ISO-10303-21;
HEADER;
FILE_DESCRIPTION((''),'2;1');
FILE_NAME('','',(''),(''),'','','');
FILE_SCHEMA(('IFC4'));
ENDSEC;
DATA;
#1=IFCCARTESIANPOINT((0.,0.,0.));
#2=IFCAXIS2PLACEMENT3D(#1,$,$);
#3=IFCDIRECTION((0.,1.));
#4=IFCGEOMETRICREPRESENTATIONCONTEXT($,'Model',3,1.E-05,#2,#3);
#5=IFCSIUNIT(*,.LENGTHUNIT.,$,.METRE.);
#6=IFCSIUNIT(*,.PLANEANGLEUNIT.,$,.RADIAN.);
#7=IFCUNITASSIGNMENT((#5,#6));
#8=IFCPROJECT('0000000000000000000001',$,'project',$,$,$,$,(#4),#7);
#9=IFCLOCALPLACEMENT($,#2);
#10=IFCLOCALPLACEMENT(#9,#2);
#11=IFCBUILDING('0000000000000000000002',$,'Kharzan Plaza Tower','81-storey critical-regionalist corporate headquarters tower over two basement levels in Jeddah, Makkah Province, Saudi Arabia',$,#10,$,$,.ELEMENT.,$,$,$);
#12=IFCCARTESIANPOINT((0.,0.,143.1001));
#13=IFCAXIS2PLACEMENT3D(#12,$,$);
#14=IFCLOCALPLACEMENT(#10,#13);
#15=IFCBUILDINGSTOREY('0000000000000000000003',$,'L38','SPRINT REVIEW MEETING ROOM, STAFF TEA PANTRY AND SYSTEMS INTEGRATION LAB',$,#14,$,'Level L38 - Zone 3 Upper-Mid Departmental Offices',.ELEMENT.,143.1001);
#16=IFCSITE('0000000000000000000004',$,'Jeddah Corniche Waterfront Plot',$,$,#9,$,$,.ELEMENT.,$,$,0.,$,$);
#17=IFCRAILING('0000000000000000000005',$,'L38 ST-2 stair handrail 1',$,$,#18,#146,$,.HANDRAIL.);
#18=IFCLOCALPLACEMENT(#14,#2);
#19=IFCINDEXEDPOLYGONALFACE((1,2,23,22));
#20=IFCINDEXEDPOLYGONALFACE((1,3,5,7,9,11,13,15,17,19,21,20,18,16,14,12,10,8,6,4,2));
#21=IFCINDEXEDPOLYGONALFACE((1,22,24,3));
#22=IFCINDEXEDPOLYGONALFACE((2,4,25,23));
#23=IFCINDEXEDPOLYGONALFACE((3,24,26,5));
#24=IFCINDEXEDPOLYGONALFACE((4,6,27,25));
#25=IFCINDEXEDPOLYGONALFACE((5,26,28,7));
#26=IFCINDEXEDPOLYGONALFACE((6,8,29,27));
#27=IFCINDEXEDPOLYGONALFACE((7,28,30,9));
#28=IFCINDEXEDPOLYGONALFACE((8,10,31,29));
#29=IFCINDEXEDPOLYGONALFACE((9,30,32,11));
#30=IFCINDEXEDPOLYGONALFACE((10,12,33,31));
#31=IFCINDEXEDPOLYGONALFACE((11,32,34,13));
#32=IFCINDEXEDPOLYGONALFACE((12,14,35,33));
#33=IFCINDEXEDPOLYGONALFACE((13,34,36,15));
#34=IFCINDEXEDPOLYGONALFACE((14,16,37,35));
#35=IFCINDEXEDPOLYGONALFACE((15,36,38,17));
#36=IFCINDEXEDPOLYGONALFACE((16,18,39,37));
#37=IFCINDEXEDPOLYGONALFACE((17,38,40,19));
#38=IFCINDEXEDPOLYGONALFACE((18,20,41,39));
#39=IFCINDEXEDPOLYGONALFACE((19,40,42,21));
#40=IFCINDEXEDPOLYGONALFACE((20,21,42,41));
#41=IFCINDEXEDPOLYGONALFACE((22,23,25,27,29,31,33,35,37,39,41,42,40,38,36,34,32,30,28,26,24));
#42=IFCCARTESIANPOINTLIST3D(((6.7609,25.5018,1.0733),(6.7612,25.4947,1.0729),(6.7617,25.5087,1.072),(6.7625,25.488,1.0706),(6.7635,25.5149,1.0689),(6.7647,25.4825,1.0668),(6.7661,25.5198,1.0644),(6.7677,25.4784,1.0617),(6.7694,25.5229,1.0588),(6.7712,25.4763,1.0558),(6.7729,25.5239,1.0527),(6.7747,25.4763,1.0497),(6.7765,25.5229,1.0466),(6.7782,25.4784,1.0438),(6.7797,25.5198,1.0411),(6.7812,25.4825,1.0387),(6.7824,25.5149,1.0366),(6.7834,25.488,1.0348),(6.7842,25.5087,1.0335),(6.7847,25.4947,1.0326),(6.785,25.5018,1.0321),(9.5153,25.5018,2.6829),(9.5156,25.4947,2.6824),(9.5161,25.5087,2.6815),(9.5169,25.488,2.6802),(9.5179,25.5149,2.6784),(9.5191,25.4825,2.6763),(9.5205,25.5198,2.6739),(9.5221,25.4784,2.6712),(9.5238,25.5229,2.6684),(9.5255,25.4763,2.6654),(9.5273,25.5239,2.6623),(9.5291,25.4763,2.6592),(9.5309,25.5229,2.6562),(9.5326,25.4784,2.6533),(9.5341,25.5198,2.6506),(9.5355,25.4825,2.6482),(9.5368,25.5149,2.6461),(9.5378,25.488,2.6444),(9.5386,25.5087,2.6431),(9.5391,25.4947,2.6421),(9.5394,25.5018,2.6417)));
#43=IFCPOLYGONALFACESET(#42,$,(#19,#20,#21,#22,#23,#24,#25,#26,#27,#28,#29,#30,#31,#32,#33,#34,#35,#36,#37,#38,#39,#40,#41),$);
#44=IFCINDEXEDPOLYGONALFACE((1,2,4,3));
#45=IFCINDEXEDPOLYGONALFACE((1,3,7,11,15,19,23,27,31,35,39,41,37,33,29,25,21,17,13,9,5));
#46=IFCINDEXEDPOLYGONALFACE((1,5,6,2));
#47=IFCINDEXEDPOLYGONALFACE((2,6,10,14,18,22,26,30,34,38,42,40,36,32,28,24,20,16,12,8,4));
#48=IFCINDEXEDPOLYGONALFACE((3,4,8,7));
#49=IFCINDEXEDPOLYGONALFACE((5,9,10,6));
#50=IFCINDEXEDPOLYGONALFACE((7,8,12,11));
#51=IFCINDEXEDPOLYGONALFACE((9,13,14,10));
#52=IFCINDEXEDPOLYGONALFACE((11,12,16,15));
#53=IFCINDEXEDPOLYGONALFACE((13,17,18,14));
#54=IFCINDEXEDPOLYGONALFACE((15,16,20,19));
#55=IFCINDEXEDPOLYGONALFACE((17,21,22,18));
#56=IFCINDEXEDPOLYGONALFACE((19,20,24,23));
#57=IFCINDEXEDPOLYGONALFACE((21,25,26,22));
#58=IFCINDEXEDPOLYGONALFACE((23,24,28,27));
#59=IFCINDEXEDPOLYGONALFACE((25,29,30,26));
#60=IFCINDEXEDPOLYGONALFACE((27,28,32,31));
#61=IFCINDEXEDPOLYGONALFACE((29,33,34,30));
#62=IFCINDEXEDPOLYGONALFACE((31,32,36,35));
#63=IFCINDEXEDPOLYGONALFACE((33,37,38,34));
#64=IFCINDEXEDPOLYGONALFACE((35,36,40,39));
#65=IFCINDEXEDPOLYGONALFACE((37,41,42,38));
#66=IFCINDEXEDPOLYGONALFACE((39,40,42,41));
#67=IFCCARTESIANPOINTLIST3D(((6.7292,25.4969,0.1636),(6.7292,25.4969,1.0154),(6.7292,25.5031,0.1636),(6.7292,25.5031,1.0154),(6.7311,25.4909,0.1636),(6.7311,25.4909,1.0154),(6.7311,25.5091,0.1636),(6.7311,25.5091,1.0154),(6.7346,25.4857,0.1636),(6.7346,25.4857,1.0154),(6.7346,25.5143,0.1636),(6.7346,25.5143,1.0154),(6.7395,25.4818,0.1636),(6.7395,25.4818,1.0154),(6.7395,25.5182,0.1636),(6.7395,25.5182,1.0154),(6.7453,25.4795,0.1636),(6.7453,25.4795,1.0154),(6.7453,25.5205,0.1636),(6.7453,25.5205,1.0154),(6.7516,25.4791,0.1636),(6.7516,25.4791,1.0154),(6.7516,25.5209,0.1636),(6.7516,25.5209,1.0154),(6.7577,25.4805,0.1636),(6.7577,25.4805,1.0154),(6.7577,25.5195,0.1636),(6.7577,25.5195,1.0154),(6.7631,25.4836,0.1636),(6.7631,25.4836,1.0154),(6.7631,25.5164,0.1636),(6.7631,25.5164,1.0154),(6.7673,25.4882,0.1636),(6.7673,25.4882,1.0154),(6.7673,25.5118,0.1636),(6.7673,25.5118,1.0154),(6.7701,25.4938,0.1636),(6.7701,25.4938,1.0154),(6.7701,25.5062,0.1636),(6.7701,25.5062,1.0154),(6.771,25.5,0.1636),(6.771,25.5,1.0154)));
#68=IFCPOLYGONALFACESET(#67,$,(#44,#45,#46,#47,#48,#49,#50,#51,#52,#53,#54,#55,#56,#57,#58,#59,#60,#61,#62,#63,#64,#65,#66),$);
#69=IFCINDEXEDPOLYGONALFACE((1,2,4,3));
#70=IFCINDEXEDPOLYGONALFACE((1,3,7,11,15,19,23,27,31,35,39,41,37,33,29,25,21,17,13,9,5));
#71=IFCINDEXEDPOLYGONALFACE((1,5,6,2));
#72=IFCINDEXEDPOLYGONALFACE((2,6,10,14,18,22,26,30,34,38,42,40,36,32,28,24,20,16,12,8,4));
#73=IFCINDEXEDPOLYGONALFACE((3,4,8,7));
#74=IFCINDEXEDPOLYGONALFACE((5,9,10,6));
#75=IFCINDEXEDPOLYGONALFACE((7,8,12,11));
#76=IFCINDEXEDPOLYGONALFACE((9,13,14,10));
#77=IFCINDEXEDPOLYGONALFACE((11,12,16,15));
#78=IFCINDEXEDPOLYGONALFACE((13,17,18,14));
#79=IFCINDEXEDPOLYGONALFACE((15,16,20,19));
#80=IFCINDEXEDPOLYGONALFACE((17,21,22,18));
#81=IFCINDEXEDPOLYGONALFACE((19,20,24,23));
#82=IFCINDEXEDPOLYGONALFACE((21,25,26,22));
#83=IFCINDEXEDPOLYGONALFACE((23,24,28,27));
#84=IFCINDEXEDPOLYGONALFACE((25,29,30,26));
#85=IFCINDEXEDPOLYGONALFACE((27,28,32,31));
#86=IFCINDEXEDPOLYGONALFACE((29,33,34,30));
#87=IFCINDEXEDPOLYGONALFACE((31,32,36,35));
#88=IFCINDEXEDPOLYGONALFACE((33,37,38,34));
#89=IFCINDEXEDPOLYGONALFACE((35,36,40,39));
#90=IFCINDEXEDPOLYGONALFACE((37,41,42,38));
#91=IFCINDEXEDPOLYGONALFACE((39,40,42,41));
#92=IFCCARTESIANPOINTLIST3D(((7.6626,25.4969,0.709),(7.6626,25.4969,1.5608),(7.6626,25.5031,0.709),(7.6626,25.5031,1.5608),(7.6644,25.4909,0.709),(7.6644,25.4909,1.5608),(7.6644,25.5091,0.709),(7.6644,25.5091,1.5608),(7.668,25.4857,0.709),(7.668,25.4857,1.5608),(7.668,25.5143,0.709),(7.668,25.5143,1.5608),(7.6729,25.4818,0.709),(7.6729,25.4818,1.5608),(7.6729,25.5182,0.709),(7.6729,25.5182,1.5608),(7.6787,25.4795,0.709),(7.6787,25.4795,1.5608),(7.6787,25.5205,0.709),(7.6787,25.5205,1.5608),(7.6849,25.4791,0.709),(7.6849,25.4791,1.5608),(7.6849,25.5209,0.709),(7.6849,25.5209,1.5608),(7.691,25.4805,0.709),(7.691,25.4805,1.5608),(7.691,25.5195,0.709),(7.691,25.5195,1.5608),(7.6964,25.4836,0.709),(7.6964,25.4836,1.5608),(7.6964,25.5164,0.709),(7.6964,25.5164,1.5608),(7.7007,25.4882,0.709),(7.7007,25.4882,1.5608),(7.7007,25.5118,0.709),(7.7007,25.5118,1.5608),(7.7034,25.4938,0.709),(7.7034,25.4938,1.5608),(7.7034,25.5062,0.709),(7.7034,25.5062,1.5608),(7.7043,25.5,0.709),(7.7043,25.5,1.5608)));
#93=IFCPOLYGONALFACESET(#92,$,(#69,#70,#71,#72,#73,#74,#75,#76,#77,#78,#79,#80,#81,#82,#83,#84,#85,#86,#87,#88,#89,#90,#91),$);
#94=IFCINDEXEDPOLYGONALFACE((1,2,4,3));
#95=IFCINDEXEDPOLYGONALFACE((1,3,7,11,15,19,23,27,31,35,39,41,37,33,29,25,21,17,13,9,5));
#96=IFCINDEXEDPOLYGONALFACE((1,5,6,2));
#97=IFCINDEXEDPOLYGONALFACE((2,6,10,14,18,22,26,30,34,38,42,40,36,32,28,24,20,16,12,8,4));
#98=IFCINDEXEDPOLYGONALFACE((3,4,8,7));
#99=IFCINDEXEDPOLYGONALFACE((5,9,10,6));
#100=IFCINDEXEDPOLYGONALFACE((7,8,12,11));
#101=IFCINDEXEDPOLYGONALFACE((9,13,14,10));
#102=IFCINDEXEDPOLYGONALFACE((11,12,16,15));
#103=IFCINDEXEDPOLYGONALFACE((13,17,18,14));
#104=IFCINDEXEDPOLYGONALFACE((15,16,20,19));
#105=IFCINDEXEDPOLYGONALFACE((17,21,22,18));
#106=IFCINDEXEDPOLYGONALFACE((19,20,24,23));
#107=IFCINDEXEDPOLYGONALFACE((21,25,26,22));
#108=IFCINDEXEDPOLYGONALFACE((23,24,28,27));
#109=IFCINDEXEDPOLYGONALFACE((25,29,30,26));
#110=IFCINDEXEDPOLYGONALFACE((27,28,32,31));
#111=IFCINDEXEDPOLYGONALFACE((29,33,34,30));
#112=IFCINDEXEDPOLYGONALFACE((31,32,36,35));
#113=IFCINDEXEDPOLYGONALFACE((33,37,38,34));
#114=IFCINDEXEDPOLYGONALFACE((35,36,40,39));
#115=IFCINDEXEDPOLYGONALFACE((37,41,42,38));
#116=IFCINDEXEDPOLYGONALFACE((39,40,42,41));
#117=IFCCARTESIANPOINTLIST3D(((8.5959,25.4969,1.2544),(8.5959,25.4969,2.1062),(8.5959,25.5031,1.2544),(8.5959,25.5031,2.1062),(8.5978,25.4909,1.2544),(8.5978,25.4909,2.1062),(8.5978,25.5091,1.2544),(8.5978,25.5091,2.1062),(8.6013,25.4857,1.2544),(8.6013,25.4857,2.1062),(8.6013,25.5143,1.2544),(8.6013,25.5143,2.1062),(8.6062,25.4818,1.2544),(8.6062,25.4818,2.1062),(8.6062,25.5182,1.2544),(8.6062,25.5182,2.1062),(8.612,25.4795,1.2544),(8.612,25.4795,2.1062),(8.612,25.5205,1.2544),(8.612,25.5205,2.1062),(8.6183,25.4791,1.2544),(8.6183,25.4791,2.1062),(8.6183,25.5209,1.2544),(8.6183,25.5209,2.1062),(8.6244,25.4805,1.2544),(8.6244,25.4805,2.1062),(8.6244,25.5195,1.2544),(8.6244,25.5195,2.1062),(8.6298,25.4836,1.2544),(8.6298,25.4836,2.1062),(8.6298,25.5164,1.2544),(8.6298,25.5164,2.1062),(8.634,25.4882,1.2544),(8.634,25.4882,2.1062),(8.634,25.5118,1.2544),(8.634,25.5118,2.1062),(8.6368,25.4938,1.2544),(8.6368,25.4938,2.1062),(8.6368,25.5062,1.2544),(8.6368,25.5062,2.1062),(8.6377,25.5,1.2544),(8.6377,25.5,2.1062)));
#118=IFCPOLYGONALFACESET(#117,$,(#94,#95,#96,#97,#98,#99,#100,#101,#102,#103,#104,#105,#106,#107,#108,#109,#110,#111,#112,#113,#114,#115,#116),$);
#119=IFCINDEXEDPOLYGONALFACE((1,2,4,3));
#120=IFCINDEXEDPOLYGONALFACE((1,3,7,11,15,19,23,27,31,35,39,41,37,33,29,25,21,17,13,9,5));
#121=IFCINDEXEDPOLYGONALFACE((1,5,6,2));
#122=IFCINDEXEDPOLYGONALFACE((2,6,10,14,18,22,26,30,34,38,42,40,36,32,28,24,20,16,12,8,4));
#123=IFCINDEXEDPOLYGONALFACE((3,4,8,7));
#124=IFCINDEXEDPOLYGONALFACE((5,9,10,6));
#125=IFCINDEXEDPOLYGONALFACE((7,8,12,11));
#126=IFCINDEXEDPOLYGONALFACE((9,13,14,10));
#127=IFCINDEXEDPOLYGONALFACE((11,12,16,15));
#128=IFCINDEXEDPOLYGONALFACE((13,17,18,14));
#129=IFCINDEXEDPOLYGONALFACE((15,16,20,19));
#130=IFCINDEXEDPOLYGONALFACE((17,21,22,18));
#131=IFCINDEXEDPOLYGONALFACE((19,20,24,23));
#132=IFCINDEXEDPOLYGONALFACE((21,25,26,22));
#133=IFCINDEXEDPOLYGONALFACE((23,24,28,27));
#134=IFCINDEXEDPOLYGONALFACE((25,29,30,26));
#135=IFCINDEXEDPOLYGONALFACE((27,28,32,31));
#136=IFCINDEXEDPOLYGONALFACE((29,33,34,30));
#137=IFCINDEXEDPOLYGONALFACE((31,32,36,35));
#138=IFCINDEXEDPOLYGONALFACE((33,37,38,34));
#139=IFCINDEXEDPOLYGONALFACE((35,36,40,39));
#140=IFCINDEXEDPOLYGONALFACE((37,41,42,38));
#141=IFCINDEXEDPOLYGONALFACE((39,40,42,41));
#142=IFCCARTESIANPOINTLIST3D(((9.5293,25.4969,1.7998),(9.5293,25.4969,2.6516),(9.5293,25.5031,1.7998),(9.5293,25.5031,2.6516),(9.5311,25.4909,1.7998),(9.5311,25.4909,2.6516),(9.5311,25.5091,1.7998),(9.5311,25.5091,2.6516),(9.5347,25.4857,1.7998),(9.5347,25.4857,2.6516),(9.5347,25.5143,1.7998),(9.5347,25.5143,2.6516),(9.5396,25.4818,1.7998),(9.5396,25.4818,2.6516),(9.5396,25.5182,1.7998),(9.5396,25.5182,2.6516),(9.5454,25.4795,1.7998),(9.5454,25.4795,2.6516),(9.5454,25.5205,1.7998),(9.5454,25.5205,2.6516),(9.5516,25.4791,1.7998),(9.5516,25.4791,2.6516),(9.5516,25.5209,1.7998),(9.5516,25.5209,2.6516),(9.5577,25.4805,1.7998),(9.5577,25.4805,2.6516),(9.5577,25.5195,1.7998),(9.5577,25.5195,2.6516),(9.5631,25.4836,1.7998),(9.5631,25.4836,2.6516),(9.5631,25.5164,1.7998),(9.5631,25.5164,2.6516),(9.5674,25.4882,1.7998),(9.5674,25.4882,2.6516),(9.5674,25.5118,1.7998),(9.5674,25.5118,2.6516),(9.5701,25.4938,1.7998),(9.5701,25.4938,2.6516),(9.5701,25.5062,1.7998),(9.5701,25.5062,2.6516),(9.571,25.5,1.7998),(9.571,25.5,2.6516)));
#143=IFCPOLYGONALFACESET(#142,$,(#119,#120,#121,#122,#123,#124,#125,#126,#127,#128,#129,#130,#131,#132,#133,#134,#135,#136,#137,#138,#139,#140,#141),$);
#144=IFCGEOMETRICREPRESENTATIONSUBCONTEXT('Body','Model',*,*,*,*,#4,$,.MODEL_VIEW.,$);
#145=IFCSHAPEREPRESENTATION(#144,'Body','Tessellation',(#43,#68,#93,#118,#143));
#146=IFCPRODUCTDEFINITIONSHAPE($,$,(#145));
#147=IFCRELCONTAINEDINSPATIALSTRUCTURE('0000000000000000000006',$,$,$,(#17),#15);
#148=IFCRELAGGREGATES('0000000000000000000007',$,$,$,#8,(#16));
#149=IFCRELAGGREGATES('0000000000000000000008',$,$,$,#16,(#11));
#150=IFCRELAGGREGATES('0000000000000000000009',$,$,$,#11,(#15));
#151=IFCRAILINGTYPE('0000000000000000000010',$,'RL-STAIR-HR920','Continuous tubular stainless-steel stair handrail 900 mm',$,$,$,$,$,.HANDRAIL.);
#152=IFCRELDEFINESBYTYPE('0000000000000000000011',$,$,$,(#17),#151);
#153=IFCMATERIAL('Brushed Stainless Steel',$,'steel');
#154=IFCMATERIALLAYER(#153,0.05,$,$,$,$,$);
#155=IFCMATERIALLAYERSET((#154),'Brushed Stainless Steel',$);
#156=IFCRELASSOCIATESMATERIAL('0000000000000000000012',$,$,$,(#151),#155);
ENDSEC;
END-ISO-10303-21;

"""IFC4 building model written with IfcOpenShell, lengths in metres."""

from ifc_helpers import new_model, si_unit, direction, frame, origin, origin_2d, place, context, subcontext, project, spatial, circle, extrude, source, transform, mapped, material, layer, layer_set, type_object, element, save


model = new_model("IFC4")

# Units and contexts
model_context = context("Model", 3, precision=1e-05, world=origin(), true_north=direction((0.0, 1.0)))
body_context = subcontext(model_context, "Body", "Model", "MODEL_VIEW")
ifc_project = project(units=[si_unit("LENGTHUNIT", "METRE"), si_unit("PLANEANGLEUNIT", "RADIAN")], contexts=[model_context])

# Site, building, storey
site_placement = place(None, origin())
site = spatial("IfcSite", under=ifc_project, at=site_placement, Name="Jeddah Corniche Waterfront Plot", CompositionType="ELEMENT", RefElevation=0.0)
building_placement = place(site_placement, origin())
building = spatial("IfcBuilding", under=site, at=building_placement, Name="Kharzan Plaza Tower", Description="81-storey critical-regionalist corporate headquarters tower over two basement levels in Jeddah, Makkah Province, Saudi Arabia", CompositionType="ELEMENT")
storey_placement = place(building_placement, frame((0.0, 0.0, 143.1001)))
storey = spatial("IfcBuildingStorey", under=building, at=storey_placement, Name="L38", Description="SPRINT REVIEW MEETING ROOM, STAFF TEA PANTRY AND SYSTEMS INTEGRATION LAB", LongName="Level L38 - Zone 3 Upper-Mid Departmental Offices", CompositionType="ELEMENT", Elevation=143.1001)

# Shared definitions
ifc_material_1 = material(Name="Brushed Stainless Steel", Category="steel")

# Railing
ifc_layer_1 = layer(ifc_material_1, 0.05)
ifc_layer_set_1 = layer_set([ifc_layer_1], Name="Brushed Stainless Steel")
railing_type_1 = type_object("IfcRailingType", Name="RL-STAIR-HR920", Description="Continuous tubular stainless-steel stair handrail 900 mm", PredefinedType="HANDRAIL", material=ifc_layer_set_1)
shared_shape_1 = source(origin(), body_context, "Body", "SweptSolid", [
    extrude(circle(Radius=0.0239, at=origin_2d()), frame((0.0229, 0.0, 0.8892), z_axis=(0.863394, 0.0, 0.504531), x_axis=(0.0, 1.0, 0.0)), (0.0, 0.0, 1.0), 3.1902),
    extrude(circle(Radius=0.021, at=origin_2d()), origin(), (0.0, 0.0, 1.0), 0.8518),
    extrude(circle(Radius=0.021, at=origin_2d()), frame((0.9333, 0.0, 0.5454)), (0.0, 0.0, 1.0), 0.8518),
    extrude(circle(Radius=0.021, at=origin_2d()), frame((1.8667, 0.0, 1.0908)), (0.0, 0.0, 1.0), 0.8518),
    extrude(circle(Radius=0.021, at=origin_2d()), frame((2.8, 0.0, 1.6362)), (0.0, 0.0, 1.0), 0.8518),
])
railing_1_placement = place(storey_placement, frame((6.75, 25.5, 0.1636)))
element("IfcRailing", 1, at=railing_1_placement, inside=storey, type_object=railing_type_1, Name="L38 ST-2 stair handrail 1", PredefinedType="HANDRAIL", context=body_context, shape_type="MappedRepresentation", body=[
    mapped(shared_shape_1, transform((0.0, 0.0, 0.0), x_axis=(1.0, 0.0, 0.0), y_axis=(0.0, 1.0, 0.0), z_axis=(0.0, 0.0, 1.0))),
])

save(model, "model.ifc")
